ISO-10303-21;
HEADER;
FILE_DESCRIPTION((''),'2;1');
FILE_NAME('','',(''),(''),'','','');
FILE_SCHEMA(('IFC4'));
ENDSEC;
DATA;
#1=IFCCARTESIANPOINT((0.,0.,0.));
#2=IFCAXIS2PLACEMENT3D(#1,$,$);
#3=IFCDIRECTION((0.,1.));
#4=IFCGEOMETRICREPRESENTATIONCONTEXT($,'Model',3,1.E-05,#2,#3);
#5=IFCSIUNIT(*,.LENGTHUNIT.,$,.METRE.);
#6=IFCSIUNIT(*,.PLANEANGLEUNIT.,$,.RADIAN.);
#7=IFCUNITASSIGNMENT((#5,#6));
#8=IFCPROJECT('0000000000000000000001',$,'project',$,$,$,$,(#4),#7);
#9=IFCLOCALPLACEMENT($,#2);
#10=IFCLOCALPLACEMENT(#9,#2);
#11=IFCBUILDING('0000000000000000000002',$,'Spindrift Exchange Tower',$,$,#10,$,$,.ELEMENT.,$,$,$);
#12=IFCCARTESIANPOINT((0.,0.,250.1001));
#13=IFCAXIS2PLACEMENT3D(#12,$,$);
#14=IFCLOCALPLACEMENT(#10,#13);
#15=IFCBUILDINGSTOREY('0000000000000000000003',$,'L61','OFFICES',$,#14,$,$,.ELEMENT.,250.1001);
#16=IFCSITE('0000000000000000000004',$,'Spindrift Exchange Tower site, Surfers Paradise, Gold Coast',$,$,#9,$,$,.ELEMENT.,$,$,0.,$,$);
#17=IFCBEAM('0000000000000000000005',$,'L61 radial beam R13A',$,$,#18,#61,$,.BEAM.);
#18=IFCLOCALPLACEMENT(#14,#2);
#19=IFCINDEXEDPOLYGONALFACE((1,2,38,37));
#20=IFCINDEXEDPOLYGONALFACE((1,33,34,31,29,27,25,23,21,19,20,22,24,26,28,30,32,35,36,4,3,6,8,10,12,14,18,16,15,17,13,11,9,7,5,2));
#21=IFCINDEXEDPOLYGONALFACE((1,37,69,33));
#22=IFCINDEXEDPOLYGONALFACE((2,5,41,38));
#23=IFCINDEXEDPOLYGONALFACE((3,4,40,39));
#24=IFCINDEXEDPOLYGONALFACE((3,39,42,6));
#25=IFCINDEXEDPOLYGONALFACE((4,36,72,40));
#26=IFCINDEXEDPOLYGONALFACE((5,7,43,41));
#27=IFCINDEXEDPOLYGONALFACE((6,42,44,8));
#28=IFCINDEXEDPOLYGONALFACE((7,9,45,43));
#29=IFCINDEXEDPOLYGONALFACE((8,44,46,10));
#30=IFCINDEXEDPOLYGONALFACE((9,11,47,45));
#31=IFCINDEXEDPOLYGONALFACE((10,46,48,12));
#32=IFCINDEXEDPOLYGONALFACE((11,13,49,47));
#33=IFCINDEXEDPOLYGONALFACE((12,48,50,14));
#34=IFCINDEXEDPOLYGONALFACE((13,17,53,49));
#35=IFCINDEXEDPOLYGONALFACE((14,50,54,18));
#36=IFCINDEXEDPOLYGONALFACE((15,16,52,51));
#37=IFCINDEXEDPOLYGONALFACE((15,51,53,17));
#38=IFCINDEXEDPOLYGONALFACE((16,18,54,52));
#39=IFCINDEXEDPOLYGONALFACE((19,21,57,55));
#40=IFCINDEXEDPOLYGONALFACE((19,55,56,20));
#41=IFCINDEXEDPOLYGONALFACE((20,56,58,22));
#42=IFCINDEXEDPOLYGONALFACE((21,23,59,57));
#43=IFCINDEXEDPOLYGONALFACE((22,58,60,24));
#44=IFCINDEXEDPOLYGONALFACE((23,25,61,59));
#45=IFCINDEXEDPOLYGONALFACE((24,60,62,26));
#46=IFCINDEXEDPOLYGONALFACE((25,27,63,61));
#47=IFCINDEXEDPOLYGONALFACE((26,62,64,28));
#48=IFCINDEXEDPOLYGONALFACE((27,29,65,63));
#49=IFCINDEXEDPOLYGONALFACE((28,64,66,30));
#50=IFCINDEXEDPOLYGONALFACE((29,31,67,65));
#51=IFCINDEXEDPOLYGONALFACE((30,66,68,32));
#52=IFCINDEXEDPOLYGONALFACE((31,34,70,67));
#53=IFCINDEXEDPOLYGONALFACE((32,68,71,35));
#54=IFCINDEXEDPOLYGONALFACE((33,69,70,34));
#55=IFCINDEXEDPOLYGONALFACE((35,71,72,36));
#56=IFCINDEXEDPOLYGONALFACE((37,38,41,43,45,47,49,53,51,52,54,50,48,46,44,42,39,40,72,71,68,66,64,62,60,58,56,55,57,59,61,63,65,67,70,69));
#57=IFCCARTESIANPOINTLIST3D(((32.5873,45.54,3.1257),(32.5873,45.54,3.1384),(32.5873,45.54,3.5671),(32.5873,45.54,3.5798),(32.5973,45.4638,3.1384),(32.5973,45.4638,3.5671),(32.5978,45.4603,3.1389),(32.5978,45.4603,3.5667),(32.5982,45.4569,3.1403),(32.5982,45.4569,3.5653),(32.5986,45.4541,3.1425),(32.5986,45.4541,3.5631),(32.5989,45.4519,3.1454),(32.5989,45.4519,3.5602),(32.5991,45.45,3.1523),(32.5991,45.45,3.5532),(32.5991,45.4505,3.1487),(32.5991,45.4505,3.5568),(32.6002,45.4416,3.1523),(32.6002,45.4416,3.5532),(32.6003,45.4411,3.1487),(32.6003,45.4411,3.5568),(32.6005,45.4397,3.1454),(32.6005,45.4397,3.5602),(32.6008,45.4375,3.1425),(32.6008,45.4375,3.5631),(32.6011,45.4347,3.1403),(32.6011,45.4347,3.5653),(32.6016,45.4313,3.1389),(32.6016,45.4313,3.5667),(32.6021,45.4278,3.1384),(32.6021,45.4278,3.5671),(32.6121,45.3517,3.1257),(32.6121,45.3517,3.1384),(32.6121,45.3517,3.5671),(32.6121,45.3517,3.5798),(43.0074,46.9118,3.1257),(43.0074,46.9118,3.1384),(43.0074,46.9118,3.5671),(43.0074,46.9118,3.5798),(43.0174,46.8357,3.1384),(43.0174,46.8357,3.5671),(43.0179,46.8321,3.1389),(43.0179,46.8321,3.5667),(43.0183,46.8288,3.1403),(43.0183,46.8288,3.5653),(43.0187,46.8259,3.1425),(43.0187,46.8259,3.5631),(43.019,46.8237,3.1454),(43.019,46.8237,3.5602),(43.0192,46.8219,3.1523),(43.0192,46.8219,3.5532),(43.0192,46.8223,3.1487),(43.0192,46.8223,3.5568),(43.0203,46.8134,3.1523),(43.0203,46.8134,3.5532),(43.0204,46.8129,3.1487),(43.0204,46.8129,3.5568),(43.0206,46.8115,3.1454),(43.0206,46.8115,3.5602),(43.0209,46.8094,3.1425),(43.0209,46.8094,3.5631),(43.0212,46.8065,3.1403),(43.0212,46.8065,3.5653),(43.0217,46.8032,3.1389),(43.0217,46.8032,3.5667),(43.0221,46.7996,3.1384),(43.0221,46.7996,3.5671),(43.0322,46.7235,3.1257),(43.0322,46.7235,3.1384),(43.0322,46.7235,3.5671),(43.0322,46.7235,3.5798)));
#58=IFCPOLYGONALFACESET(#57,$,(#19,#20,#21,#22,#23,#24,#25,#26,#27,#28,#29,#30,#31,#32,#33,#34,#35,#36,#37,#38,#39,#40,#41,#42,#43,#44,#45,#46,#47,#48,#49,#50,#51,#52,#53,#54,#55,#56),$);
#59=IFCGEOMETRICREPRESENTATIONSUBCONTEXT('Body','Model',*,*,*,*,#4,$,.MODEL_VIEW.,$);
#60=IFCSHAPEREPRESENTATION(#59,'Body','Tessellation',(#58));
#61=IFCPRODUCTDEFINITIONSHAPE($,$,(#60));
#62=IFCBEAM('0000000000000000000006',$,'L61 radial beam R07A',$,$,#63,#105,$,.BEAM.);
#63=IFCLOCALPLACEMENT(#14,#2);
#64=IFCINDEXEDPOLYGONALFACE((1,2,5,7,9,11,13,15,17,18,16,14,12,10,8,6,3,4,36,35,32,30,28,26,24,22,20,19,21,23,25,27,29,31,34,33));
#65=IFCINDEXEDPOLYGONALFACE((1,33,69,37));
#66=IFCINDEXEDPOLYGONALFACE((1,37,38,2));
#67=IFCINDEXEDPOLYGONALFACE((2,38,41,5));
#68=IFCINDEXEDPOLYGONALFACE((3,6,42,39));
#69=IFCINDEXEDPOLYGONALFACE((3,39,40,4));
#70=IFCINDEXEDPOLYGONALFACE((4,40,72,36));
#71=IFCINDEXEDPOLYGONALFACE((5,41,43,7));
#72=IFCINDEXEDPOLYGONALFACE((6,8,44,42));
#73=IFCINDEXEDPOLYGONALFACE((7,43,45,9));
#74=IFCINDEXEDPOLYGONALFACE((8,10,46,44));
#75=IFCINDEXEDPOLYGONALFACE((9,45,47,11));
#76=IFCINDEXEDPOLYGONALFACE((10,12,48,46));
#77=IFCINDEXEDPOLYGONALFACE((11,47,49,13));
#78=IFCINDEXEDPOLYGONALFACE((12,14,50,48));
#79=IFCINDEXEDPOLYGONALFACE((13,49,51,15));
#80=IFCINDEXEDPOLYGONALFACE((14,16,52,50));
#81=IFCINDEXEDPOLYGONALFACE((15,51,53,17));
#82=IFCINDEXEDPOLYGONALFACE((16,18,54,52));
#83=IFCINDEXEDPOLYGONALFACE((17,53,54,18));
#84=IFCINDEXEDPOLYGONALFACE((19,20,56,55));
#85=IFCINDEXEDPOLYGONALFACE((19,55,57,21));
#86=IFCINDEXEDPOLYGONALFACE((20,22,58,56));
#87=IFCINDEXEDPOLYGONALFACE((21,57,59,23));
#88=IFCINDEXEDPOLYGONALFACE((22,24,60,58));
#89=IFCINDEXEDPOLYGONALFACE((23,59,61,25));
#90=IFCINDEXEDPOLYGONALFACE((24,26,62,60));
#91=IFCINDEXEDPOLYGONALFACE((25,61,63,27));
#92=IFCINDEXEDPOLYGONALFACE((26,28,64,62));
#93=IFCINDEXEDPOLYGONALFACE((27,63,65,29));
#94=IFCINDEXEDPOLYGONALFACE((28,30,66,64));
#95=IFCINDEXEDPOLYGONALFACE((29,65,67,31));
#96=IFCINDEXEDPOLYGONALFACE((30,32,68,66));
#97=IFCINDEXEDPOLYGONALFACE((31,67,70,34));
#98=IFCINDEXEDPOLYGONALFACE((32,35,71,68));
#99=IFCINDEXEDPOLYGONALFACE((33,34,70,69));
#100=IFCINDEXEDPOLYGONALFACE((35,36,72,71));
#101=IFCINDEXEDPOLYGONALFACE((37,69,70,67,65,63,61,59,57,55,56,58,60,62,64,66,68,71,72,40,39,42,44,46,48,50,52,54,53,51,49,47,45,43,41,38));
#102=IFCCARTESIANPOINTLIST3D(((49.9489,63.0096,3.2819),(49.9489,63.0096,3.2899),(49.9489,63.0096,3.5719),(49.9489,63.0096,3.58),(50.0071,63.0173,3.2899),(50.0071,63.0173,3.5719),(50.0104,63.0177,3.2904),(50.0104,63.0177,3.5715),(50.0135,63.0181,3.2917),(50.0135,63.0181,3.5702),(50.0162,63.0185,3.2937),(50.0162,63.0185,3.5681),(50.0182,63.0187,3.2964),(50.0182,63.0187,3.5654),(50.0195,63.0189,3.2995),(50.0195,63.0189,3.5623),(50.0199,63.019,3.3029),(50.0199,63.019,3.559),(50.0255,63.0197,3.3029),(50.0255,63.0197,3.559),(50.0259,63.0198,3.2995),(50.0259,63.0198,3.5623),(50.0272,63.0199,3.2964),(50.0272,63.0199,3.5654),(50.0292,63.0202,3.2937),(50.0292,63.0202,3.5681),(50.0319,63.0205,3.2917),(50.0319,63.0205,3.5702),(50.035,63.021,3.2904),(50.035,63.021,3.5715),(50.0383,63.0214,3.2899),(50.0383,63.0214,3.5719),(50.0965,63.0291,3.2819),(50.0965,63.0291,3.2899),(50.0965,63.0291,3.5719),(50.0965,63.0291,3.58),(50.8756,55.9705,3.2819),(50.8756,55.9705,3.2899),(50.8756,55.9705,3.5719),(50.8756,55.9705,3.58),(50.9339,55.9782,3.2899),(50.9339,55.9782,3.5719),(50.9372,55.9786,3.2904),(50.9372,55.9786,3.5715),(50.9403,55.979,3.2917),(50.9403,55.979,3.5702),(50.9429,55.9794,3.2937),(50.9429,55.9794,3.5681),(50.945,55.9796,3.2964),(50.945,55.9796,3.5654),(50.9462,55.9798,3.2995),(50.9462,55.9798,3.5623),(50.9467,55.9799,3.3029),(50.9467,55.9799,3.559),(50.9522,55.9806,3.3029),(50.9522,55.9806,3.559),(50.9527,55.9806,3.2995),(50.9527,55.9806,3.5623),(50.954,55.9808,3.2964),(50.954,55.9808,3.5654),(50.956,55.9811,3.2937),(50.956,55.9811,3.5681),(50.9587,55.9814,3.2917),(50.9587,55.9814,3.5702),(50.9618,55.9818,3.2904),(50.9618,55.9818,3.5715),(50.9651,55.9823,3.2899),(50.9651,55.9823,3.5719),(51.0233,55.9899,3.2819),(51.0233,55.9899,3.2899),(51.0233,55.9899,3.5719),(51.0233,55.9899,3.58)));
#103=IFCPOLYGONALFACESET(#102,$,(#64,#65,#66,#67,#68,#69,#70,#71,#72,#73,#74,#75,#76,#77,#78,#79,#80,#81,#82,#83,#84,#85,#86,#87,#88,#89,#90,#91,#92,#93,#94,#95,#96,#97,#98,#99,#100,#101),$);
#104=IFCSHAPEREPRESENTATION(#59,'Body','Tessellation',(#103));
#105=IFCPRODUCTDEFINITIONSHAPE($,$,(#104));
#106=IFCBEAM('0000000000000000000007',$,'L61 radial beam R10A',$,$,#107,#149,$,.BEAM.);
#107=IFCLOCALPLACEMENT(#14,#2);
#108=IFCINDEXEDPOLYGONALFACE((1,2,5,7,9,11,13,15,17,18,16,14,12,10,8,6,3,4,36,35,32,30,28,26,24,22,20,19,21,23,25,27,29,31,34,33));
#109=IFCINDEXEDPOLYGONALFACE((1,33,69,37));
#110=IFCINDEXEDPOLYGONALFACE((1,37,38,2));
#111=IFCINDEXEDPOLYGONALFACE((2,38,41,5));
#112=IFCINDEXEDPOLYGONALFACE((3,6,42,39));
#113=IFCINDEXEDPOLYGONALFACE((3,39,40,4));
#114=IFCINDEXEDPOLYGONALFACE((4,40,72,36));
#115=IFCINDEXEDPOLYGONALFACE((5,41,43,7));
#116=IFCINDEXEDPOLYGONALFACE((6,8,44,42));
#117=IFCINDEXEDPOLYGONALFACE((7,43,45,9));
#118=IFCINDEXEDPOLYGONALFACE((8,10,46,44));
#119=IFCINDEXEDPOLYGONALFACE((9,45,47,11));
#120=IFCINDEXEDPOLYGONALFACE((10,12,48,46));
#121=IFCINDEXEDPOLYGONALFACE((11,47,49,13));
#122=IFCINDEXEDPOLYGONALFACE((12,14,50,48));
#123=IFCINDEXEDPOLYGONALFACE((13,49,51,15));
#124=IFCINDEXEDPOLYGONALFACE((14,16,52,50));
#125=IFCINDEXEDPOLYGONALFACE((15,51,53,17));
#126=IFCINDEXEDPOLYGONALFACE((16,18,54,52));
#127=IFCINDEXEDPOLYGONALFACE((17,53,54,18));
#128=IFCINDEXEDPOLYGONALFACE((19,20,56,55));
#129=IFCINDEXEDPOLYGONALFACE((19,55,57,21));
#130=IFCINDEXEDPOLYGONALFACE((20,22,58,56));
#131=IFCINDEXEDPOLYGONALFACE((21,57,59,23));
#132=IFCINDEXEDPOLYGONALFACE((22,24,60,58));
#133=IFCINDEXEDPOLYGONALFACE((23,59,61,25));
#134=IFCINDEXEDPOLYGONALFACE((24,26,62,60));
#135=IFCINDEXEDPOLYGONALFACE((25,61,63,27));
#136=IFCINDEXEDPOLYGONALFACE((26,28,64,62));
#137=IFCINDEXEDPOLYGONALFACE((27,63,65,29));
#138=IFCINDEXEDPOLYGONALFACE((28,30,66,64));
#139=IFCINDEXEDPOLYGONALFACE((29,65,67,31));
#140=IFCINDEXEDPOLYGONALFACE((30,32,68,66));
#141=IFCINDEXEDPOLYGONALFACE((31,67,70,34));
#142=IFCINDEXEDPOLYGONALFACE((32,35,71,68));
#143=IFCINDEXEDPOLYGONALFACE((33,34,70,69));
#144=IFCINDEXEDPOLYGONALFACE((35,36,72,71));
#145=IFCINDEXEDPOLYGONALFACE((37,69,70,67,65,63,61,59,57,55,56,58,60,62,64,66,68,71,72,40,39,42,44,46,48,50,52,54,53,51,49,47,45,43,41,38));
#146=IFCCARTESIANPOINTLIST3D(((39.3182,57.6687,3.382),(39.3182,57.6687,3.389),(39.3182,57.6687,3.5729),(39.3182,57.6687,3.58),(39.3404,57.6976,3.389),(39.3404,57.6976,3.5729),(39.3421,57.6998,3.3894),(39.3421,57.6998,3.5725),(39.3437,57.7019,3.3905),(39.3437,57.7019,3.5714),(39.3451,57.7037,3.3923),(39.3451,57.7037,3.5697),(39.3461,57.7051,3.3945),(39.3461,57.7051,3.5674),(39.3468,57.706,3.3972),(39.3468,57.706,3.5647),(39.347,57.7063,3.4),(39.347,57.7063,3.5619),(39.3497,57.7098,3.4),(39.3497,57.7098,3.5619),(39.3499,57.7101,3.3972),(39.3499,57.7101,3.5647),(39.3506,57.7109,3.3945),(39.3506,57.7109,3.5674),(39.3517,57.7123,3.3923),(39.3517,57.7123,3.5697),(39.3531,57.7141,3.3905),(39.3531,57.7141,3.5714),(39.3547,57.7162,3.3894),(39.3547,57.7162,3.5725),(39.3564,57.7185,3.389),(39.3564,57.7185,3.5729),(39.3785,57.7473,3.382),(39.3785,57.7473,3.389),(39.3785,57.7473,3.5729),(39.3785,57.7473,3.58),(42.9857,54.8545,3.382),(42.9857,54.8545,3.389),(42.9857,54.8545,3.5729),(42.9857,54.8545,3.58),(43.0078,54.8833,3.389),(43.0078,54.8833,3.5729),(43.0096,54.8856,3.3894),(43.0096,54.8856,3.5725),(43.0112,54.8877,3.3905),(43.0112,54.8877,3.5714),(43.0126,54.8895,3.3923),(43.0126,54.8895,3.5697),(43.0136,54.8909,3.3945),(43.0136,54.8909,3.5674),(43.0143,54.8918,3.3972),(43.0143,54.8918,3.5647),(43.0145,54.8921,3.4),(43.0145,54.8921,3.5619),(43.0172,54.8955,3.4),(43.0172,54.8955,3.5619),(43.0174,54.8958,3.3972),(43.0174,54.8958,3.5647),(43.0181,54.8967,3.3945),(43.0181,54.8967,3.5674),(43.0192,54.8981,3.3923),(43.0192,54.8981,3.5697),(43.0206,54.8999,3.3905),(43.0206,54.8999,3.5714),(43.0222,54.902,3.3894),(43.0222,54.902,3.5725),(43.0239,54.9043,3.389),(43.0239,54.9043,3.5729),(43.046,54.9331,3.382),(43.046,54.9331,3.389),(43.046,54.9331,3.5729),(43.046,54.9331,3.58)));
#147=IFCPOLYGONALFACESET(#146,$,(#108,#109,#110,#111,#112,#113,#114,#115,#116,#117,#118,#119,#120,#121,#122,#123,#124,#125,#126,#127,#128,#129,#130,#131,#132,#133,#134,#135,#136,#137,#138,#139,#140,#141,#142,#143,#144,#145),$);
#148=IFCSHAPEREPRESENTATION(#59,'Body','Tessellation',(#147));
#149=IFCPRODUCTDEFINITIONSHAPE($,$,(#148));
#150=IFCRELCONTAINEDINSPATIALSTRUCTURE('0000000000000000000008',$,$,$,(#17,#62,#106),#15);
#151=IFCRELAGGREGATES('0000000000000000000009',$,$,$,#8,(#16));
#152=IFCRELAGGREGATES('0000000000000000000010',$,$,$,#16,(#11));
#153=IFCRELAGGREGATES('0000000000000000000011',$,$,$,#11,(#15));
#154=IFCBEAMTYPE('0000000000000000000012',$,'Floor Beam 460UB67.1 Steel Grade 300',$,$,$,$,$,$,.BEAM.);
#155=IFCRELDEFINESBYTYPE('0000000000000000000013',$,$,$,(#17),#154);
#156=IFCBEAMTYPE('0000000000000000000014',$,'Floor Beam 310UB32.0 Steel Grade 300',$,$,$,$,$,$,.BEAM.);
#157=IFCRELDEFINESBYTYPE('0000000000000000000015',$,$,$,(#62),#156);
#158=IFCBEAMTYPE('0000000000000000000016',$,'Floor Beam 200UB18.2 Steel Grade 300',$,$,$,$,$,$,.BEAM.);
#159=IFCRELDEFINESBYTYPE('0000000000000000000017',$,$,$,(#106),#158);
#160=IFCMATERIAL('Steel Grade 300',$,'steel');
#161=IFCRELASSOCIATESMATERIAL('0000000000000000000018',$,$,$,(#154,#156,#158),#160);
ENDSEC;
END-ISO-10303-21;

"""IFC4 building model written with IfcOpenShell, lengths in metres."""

from ifc_helpers import new_model, si_unit, direction, frame, origin, origin_2d, place, context, subcontext, project, spatial, i_section, extrude, source, transform, mapped, material, material_profile, profile_set, type_object, element, save


model = new_model("IFC4")

# Units and contexts
model_context = context("Model", 3, precision=1e-05, world=origin(), true_north=direction((0.0, 1.0)))
body_context = subcontext(model_context, "Body", "Model", "MODEL_VIEW")
ifc_project = project(units=[si_unit("LENGTHUNIT", "METRE"), si_unit("PLANEANGLEUNIT", "RADIAN")], contexts=[model_context])

# Site, building, storey
site_placement = place(None, origin())
site = spatial("IfcSite", under=ifc_project, at=site_placement, Name="Spindrift Exchange Tower site, Surfers Paradise, Gold Coast", CompositionType="ELEMENT", RefElevation=0.0)
building_placement = place(site_placement, origin())
building = spatial("IfcBuilding", under=site, at=building_placement, Name="Spindrift Exchange Tower", CompositionType="ELEMENT")
storey_placement = place(building_placement, frame((0.0, 0.0, 250.1001)))
storey = spatial("IfcBuildingStorey", under=building, at=storey_placement, Name="L61", Description="OFFICES", CompositionType="ELEMENT", Elevation=250.1001)

# Beams
ifc_material_1 = material(Name="Steel Grade 300", Category="steel")
ifc_material_profile_1 = material_profile(ifc_material_1, i_section(OverallWidth=0.1899, OverallDepth=0.4541, WebThickness=0.0085, FlangeThickness=0.0127, FilletRadius=0.0139, at=origin_2d()), Name="460UB67.1")
ifc_profile_set_1 = profile_set([ifc_material_profile_1], Name="Steel Grade 300")
beam_type_1 = type_object("IfcBeamType", Name="Floor Beam 460UB67.1 Steel Grade 300", PredefinedType="BEAM", material=ifc_profile_set_1)
shared_shape_1 = source(origin(), body_context, "Body", "SweptSolid", [
    extrude(i_section(OverallWidth=0.1899, OverallDepth=0.4541, WebThickness=0.0085, FlangeThickness=0.0127, FilletRadius=0.0139, at=origin_2d()), origin(), (0.0, 0.0, 1.0), 10.51),
])
beam_1_placement = place(storey_placement, frame((43.0198, 46.8176, 3.3528), z_axis=(-0.991445, -0.130525, 0.0), x_axis=(0.130525, -0.991445, 0.0)))
element("IfcBeam", 1, at=beam_1_placement, inside=storey, type_object=beam_type_1, Name="L61 radial beam R13A", PredefinedType="BEAM", context=body_context, shape_type="MappedRepresentation", body=[
    mapped(shared_shape_1, transform((0.0, 0.0, 0.0), scale=1.0)),
])
ifc_material_profile_2 = material_profile(ifc_material_1, i_section(OverallWidth=0.1489, OverallDepth=0.2981, WebThickness=0.0056, FlangeThickness=0.0081, FilletRadius=0.0129, at=origin_2d()), Name="310UB32.0")
ifc_profile_set_2 = profile_set([ifc_material_profile_2], Name="Steel Grade 300")
beam_type_2 = type_object("IfcBeamType", Name="Floor Beam 310UB32.0 Steel Grade 300", PredefinedType="BEAM", material=ifc_profile_set_2)
shared_shape_2 = source(origin(), body_context, "Body", "SweptSolid", [
    extrude(i_section(OverallWidth=0.1489, OverallDepth=0.2981, WebThickness=0.0056, FlangeThickness=0.0081, FilletRadius=0.0129, at=origin_2d()), origin(), (0.0, 0.0, 1.0), 7.0999),
])
beam_2_placement = place(storey_placement, frame((50.9495, 55.9802, 3.4309), z_axis=(-0.130533, 0.991444, 0.0), x_axis=(-0.991444, -0.130533, 0.0)))
element("IfcBeam", 2, at=beam_2_placement, inside=storey, type_object=beam_type_2, Name="L61 radial beam R07A", PredefinedType="BEAM", context=body_context, shape_type="MappedRepresentation", body=[
    mapped(shared_shape_2, transform((0.0, 0.0, 0.0), scale=1.0)),
])
ifc_material_profile_3 = material_profile(ifc_material_1, i_section(OverallWidth=0.0991, OverallDepth=0.198, WebThickness=0.0044, FlangeThickness=0.0071, FilletRadius=0.011, at=origin_2d()), Name="200UB18.2")
ifc_profile_set_3 = profile_set([ifc_material_profile_3], Name="Steel Grade 300")
beam_type_3 = type_object("IfcBeamType", Name="Floor Beam 200UB18.2 Steel Grade 300", PredefinedType="BEAM", material=ifc_profile_set_3)
shared_shape_3 = source(origin(), body_context, "Body", "SweptSolid", [
    extrude(i_section(OverallWidth=0.0991, OverallDepth=0.198, WebThickness=0.0044, FlangeThickness=0.0071, FilletRadius=0.011, at=origin_2d()), origin(), (0.0, 0.0, 1.0), 4.6228),
])
beam_3_placement = place(storey_placement, frame((43.0159, 54.8938, 3.481), z_axis=(-0.793348, 0.608769, 0.0), x_axis=(-0.608769, -0.793348, 0.0)))
element("IfcBeam", 3, at=beam_3_placement, inside=storey, type_object=beam_type_3, Name="L61 radial beam R10A", PredefinedType="BEAM", context=body_context, shape_type="MappedRepresentation", body=[
    mapped(shared_shape_3, transform((0.0, 0.0, 0.0), scale=1.0)),
])

save(model, "model.ifc")
